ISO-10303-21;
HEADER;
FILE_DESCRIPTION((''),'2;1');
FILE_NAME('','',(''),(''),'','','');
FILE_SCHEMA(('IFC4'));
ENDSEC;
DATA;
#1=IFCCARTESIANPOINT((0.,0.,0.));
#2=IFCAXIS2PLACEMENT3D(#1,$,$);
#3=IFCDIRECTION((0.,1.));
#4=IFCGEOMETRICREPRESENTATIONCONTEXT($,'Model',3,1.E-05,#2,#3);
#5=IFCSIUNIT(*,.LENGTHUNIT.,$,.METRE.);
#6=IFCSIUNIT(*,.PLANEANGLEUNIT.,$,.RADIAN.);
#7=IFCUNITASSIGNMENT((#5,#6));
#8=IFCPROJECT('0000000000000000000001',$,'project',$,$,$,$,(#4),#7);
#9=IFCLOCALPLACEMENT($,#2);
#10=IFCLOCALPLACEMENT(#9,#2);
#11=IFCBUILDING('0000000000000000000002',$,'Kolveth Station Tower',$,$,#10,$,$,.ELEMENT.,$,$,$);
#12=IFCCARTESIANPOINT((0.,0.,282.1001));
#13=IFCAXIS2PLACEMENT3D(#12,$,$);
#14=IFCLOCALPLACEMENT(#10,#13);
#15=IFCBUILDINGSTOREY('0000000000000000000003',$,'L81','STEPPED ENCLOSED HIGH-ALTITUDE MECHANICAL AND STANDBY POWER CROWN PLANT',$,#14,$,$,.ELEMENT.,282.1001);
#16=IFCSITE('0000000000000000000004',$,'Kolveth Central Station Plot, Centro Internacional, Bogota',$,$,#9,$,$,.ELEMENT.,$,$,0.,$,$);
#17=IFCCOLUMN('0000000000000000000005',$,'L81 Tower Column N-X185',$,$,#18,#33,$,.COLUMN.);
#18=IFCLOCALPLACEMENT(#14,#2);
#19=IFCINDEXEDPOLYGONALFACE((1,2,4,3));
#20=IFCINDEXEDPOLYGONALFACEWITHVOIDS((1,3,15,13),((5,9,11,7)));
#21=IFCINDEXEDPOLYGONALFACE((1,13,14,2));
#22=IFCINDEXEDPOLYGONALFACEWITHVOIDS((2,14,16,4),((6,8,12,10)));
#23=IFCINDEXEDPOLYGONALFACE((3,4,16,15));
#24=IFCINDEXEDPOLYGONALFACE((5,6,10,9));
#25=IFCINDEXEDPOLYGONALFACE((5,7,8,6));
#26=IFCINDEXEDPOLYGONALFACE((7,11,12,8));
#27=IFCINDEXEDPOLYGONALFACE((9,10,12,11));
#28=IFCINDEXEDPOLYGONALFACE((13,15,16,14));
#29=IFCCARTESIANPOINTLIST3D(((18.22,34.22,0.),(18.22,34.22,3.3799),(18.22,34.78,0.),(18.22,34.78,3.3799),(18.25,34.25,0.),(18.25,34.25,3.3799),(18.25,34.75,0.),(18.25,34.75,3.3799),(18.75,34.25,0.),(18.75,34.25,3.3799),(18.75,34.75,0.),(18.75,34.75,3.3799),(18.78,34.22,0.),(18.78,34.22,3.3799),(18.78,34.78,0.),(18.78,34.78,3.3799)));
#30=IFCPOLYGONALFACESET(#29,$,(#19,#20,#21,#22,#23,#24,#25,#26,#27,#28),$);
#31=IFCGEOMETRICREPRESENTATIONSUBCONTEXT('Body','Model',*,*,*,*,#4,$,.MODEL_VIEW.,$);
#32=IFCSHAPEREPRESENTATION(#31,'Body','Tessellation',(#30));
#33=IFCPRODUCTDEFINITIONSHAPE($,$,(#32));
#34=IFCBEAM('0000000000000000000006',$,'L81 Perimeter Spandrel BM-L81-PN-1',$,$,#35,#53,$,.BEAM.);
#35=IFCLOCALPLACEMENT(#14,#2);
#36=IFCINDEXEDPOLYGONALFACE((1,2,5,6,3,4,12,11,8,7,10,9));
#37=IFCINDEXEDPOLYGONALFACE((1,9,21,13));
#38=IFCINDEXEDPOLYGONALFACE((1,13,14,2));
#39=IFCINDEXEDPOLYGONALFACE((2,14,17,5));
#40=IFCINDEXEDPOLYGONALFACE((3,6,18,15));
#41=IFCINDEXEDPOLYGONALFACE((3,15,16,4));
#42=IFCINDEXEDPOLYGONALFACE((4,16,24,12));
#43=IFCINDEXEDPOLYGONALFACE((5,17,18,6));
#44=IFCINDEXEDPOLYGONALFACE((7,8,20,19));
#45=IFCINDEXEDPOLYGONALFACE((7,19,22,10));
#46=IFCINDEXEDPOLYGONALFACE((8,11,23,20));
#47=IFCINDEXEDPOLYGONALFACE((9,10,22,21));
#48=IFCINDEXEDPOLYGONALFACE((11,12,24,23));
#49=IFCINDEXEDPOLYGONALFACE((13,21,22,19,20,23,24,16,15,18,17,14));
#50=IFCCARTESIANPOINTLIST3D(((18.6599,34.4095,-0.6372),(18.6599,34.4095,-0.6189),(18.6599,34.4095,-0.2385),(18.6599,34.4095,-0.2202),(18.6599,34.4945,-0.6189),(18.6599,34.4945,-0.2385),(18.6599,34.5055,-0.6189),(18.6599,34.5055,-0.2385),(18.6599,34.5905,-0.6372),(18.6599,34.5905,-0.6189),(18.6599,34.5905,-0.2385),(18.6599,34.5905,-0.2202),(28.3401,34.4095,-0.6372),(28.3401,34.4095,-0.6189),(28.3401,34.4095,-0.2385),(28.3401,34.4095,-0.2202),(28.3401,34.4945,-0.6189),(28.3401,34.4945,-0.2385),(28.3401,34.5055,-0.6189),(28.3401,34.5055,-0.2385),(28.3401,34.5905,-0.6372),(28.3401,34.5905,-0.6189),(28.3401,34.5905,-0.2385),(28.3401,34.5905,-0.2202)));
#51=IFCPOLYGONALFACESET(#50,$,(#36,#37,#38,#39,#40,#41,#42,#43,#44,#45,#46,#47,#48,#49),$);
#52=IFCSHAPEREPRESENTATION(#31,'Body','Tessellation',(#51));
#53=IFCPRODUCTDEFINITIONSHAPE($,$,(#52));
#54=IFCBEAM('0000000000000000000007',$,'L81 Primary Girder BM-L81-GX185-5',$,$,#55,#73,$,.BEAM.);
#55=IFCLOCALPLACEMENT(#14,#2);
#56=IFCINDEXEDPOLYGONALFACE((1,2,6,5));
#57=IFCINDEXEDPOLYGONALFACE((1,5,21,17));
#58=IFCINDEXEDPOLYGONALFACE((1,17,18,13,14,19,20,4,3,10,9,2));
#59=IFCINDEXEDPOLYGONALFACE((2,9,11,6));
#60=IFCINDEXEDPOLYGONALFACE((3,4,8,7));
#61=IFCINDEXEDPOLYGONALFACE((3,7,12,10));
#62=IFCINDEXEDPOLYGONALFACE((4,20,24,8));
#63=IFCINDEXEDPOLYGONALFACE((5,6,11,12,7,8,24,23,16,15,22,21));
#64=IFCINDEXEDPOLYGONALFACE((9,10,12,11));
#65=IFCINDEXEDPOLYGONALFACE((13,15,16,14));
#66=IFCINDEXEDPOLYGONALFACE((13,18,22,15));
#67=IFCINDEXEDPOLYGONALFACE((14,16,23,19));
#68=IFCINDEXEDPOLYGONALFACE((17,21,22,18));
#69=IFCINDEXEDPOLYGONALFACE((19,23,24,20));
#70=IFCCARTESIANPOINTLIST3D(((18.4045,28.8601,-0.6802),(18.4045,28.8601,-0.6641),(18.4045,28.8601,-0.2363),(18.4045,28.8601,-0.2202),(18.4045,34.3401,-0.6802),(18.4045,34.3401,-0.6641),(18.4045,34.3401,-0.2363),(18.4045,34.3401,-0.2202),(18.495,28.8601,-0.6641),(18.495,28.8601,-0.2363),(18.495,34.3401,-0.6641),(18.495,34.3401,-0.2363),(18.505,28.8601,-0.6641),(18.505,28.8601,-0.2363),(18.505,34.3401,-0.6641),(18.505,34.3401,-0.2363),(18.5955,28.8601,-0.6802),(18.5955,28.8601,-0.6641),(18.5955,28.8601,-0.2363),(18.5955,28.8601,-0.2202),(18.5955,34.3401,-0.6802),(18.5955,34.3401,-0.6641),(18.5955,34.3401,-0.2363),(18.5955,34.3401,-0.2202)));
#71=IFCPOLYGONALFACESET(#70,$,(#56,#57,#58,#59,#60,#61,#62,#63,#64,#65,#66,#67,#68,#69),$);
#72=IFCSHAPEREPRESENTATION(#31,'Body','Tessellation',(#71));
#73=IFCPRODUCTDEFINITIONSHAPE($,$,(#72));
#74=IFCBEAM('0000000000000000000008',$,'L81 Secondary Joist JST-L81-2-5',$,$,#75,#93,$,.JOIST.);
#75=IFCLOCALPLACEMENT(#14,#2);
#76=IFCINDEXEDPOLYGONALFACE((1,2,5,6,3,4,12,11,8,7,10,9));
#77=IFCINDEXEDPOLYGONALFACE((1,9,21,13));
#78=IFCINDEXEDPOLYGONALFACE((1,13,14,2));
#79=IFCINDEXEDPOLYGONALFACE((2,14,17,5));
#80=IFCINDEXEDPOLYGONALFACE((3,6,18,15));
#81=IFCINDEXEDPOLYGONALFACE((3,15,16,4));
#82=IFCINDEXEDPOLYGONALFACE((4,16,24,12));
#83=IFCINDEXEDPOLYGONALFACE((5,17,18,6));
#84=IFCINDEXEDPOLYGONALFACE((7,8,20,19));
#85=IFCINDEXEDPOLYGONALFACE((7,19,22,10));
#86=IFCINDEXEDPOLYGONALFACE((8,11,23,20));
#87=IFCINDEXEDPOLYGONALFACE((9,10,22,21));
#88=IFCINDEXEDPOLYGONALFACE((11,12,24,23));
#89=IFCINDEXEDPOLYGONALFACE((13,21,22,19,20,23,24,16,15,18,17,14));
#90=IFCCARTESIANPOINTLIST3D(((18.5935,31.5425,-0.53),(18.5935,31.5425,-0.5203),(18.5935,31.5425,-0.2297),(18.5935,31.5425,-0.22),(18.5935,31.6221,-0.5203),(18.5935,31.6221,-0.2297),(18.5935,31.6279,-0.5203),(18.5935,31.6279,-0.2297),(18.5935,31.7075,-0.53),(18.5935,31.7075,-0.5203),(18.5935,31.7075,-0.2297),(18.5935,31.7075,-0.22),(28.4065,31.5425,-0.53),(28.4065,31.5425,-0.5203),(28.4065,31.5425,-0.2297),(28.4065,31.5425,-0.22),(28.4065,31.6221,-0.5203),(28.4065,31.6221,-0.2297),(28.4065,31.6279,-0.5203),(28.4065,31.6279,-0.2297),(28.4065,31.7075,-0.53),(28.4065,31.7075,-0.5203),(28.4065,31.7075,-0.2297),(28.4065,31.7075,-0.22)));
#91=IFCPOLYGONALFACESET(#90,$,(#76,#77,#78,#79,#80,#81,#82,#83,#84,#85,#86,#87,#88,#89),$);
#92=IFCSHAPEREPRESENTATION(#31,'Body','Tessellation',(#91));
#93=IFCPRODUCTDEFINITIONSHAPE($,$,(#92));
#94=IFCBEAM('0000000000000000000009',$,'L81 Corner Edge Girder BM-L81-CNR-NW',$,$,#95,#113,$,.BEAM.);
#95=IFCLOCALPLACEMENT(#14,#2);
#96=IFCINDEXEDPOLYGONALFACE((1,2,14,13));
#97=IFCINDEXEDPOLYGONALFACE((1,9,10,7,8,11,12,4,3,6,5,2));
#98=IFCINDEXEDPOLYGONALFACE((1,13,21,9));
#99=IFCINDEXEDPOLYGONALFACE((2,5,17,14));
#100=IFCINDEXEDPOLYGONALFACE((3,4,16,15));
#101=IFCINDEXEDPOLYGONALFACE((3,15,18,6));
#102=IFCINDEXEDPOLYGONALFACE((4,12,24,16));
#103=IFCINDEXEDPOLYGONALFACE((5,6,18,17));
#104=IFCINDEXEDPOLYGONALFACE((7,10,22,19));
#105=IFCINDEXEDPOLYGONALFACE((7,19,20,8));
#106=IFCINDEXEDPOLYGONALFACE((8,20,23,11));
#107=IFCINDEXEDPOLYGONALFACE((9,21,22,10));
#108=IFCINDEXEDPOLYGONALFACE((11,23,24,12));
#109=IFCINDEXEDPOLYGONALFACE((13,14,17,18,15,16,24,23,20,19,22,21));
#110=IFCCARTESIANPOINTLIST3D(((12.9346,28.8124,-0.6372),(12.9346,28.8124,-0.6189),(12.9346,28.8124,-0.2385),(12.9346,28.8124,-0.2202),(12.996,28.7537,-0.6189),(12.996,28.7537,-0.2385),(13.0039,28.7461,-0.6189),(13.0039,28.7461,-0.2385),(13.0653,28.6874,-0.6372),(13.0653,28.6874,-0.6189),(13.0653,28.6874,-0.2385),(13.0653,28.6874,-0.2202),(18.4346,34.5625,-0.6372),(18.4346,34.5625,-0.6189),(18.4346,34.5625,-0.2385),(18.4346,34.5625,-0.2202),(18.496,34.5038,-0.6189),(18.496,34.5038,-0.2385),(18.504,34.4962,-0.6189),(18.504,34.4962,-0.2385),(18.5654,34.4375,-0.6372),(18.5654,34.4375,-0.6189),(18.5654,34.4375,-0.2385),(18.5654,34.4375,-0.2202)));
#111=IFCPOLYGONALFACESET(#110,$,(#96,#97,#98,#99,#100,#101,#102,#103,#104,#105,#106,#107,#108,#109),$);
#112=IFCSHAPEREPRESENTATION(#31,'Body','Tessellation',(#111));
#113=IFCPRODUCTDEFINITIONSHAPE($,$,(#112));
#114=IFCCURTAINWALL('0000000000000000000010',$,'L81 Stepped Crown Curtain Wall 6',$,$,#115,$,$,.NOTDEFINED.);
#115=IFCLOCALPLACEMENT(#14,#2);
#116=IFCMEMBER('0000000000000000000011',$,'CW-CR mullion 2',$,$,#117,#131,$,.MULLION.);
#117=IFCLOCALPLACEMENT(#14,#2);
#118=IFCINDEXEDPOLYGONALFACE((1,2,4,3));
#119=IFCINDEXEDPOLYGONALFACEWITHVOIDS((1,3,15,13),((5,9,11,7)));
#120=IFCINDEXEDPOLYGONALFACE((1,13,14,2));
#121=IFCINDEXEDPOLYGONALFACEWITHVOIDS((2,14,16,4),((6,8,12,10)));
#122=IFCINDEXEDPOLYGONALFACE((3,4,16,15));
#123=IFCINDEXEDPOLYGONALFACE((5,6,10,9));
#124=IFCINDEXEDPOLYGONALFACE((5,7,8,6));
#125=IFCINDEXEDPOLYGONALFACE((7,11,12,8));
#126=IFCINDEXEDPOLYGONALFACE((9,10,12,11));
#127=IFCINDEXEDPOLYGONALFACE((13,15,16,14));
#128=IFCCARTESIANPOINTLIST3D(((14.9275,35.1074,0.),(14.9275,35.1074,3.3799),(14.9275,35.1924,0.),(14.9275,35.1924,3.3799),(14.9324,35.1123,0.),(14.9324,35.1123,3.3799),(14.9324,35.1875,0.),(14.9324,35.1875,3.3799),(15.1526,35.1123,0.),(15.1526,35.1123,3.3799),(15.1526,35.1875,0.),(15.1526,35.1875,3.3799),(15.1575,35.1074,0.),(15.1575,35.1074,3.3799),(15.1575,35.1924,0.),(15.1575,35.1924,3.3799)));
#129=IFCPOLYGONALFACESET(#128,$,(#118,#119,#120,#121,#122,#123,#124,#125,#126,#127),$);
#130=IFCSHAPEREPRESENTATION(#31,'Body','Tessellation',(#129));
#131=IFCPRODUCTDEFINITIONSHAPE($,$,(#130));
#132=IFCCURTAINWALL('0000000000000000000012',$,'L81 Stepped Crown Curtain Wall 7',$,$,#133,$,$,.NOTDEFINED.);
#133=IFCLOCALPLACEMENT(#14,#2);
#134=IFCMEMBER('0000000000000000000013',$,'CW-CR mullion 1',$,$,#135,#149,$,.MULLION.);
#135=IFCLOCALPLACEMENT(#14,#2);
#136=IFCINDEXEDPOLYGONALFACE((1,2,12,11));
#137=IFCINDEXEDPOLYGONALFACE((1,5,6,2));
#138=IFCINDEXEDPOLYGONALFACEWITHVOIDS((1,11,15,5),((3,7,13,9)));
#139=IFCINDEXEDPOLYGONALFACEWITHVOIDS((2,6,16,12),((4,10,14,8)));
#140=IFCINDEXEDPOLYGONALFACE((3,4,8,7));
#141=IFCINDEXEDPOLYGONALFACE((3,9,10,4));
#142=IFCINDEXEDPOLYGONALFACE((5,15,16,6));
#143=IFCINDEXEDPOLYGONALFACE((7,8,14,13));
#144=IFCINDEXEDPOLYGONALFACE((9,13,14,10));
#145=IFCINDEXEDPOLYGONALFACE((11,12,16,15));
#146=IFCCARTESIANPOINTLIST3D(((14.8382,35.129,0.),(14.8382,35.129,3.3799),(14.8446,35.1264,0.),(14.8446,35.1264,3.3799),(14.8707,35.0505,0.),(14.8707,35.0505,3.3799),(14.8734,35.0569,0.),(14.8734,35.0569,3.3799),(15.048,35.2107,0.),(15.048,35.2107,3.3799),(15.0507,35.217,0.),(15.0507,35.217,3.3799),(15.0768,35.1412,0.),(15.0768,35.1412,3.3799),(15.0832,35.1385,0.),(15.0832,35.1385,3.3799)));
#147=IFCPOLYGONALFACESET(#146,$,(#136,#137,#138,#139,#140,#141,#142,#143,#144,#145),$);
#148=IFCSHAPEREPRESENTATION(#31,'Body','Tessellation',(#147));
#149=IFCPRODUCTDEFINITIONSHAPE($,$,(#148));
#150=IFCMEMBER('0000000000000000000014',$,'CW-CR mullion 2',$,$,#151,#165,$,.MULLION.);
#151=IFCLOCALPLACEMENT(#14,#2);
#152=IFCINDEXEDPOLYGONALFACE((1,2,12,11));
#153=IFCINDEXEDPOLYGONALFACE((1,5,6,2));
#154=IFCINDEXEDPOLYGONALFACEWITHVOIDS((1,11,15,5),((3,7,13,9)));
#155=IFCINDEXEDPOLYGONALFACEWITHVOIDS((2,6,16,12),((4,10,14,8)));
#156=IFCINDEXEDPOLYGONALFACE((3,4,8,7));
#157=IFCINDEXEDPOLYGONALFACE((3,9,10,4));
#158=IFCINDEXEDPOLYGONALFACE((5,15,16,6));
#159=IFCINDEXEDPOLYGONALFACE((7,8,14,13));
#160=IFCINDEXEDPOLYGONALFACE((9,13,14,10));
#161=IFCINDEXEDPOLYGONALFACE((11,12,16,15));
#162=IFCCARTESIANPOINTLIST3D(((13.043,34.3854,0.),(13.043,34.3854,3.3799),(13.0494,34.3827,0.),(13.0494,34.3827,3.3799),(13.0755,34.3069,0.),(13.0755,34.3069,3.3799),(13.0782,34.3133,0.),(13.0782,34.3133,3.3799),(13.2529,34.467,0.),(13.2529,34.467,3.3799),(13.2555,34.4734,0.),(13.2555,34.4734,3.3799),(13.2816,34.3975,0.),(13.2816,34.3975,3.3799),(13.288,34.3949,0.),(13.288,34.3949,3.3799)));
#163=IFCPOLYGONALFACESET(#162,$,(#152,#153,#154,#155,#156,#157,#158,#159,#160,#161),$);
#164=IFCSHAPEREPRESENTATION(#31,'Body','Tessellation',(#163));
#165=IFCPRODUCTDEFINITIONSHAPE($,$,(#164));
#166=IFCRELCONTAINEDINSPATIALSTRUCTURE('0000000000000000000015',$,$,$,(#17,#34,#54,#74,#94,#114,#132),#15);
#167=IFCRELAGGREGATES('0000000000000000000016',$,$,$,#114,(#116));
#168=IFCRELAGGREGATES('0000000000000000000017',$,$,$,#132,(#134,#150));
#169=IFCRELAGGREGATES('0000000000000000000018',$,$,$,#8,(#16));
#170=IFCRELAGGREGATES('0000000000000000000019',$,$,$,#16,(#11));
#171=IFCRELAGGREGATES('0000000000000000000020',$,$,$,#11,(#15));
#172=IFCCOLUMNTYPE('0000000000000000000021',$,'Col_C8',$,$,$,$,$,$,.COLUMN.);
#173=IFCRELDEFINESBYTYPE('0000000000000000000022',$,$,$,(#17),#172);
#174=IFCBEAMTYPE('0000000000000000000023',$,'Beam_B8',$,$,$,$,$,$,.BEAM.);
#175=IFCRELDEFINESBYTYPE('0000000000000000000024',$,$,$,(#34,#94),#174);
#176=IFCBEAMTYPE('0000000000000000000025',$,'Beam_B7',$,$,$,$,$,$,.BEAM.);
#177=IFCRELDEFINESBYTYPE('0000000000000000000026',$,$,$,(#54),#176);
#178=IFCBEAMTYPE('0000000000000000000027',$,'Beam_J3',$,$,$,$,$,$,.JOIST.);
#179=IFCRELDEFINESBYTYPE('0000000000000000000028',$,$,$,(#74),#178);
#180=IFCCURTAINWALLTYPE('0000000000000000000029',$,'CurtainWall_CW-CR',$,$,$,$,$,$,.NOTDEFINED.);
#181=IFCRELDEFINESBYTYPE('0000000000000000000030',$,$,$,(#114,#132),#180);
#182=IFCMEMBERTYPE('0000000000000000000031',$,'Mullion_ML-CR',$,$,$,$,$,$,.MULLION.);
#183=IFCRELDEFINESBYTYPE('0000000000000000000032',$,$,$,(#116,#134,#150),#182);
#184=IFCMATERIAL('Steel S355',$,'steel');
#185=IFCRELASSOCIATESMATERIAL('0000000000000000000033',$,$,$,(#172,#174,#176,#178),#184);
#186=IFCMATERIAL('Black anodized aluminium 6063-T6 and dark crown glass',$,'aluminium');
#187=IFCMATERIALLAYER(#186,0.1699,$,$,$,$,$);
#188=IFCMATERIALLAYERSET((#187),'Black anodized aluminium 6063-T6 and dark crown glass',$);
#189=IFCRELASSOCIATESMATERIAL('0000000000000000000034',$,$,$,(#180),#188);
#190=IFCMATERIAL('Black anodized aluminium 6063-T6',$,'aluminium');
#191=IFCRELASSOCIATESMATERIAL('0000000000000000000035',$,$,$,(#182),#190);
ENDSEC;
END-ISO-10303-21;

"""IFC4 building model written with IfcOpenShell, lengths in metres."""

from ifc_helpers import new_model, si_unit, direction, frame, origin, origin_2d, place, context, subcontext, project, spatial, hollow_rectangle, i_section, extrude, source, transform, mapped, material, layer, layer_set, material_profile, profile_set, type_object, element, aggregate, save


model = new_model("IFC4")

# Units and contexts
model_context = context("Model", 3, precision=1e-05, world=origin(), true_north=direction((0.0, 1.0)))
body_context = subcontext(model_context, "Body", "Model", "MODEL_VIEW")
ifc_project = project(units=[si_unit("LENGTHUNIT", "METRE"), si_unit("PLANEANGLEUNIT", "RADIAN")], contexts=[model_context])

# Site, building, storey
site_placement = place(None, origin())
site = spatial("IfcSite", under=ifc_project, at=site_placement, Name="Kolveth Central Station Plot, Centro Internacional, Bogota", CompositionType="ELEMENT", RefElevation=0.0)
building_placement = place(site_placement, origin())
building = spatial("IfcBuilding", under=site, at=building_placement, Name="Kolveth Station Tower", CompositionType="ELEMENT")
storey_placement = place(building_placement, frame((0.0, 0.0, 282.1001)))
storey = spatial("IfcBuildingStorey", under=building, at=storey_placement, Name="L81", Description="STEPPED ENCLOSED HIGH-ALTITUDE MECHANICAL AND STANDBY POWER CROWN PLANT", CompositionType="ELEMENT", Elevation=282.1001)

# Column
ifc_material_1 = material(Name="Steel S355", Category="steel")
ifc_material_profile_1 = material_profile(ifc_material_1, hollow_rectangle(XDim=0.5601, YDim=0.5601, WallThickness=0.03, at=origin_2d()), Name="BOX560x560x30")
ifc_profile_set_1 = profile_set([ifc_material_profile_1], Name="Steel S355")
column_type = type_object("IfcColumnType", Name="Col_C8", PredefinedType="COLUMN", material=ifc_profile_set_1)
shared_shape_1 = source(origin(), body_context, "Body", "SweptSolid", [
    extrude(hollow_rectangle(XDim=0.5601, YDim=0.5601, WallThickness=0.03, at=origin_2d()), origin(), (0.0, 0.0, 1.0), 3.3799),
])
column_placement = place(storey_placement, frame((18.5, 34.5, 0.0), z_axis=(0.0, 0.0, 1.0), x_axis=(1.0, 0.0, 0.0)))
element("IfcColumn", 1, at=column_placement, inside=storey, type_object=column_type, Name="L81 Tower Column N-X185", PredefinedType="COLUMN", context=body_context, shape_type="MappedRepresentation", body=[
    mapped(shared_shape_1, transform((0.0, 0.0, 0.0), x_axis=(1.0, 0.0, 0.0), y_axis=(0.0, 1.0, 0.0), z_axis=(0.0, 0.0, 1.0), scale=1.0)),
])

# Beams
ifc_material_profile_2 = material_profile(ifc_material_1, i_section(OverallWidth=0.1809, OverallDepth=0.417, WebThickness=0.011, FlangeThickness=0.0183, at=origin_2d()), Name="W410x85")
ifc_profile_set_2 = profile_set([ifc_material_profile_2], Name="Steel S355")
beam_type_1 = type_object("IfcBeamType", Name="Beam_B8", PredefinedType="BEAM", material=ifc_profile_set_2)
shared_shape_2 = source(origin(), body_context, "Body", "SweptSolid", [
    extrude(i_section(OverallWidth=0.1809, OverallDepth=0.417, WebThickness=0.011, FlangeThickness=0.0183, at=origin_2d()), origin(), (0.0, 0.0, 1.0), 9.6802),
])
beam_1_placement = place(storey_placement, frame((18.6599, 34.5, -0.4287), z_axis=(1.0, 0.0, 0.0), x_axis=(0.0, 1.0, 0.0)))
element("IfcBeam", 2, at=beam_1_placement, inside=storey, type_object=beam_type_1, Name="L81 Perimeter Spandrel BM-L81-PN-1", PredefinedType="BEAM", context=body_context, shape_type="MappedRepresentation", body=[
    mapped(shared_shape_2, transform((0.0, 0.0, 0.0), x_axis=(1.0, 0.0, 0.0), y_axis=(0.0, 1.0, 0.0), z_axis=(0.0, 0.0, 1.0), scale=1.0)),
])
ifc_material_profile_3 = material_profile(ifc_material_1, i_section(OverallWidth=0.1909, OverallDepth=0.46, WebThickness=0.01, FlangeThickness=0.0161, at=origin_2d()), Name="W460x82")
ifc_profile_set_3 = profile_set([ifc_material_profile_3], Name="Steel S355")
beam_type_2 = type_object("IfcBeamType", Name="Beam_B7", PredefinedType="BEAM", material=ifc_profile_set_3)
shared_shape_3 = source(origin(), body_context, "Body", "SweptSolid", [
    extrude(i_section(OverallWidth=0.1909, OverallDepth=0.46, WebThickness=0.01, FlangeThickness=0.0161, at=origin_2d()), origin(), (0.0, 0.0, 1.0), 5.48),
])
beam_2_placement = place(storey_placement, frame((18.5, 28.8601, -0.4502), z_axis=(0.0, 1.0, 0.0), x_axis=(-1.0, 0.0, 0.0)))
element("IfcBeam", 3, at=beam_2_placement, inside=storey, type_object=beam_type_2, Name="L81 Primary Girder BM-L81-GX185-5", PredefinedType="BEAM", context=body_context, shape_type="MappedRepresentation", body=[
    mapped(shared_shape_3, transform((0.0, 0.0, 0.0), x_axis=(1.0, 0.0, 0.0), y_axis=(0.0, 1.0, 0.0), z_axis=(0.0, 0.0, 1.0), scale=1.0)),
])
ifc_material_profile_4 = material_profile(ifc_material_1, i_section(OverallWidth=0.165, OverallDepth=0.3101, WebThickness=0.0059, FlangeThickness=0.0098, at=origin_2d()), Name="W310x39")
ifc_profile_set_4 = profile_set([ifc_material_profile_4], Name="Steel S355")
beam_type_3 = type_object("IfcBeamType", Name="Beam_J3", PredefinedType="JOIST", material=ifc_profile_set_4)
shared_shape_4 = source(origin(), body_context, "Body", "SweptSolid", [
    extrude(i_section(OverallWidth=0.165, OverallDepth=0.3101, WebThickness=0.0059, FlangeThickness=0.0098, at=origin_2d()), origin(), (0.0, 0.0, 1.0), 9.813),
])
beam_3_placement = place(storey_placement, frame((18.5935, 31.625, -0.375), z_axis=(1.0, 0.0, 0.0), x_axis=(0.0, 1.0, 0.0)))
element("IfcBeam", 4, at=beam_3_placement, inside=storey, type_object=beam_type_3, Name="L81 Secondary Joist JST-L81-2-5", PredefinedType="JOIST", context=body_context, shape_type="MappedRepresentation", body=[
    mapped(shared_shape_4, transform((0.0, 0.0, 0.0), x_axis=(1.0, 0.0, 0.0), y_axis=(0.0, 1.0, 0.0), z_axis=(0.0, 0.0, 1.0), scale=1.0)),
])
shared_shape_5 = source(origin(), body_context, "Body", "SweptSolid", [
    extrude(i_section(OverallWidth=0.1809, OverallDepth=0.417, WebThickness=0.011, FlangeThickness=0.0183, at=origin_2d()), origin(), (0.0, 0.0, 1.0), 7.957),
])
beam_4_placement = place(storey_placement, frame((18.5, 34.5, -0.4287), z_axis=(-0.691223, -0.722642, 0.0), x_axis=(0.722642, -0.691223, 0.0)))
element("IfcBeam", 5, at=beam_4_placement, inside=storey, type_object=beam_type_1, Name="L81 Corner Edge Girder BM-L81-CNR-NW", PredefinedType="BEAM", context=body_context, shape_type="MappedRepresentation", body=[
    mapped(shared_shape_5, transform((0.0, 0.0, 0.0), x_axis=(1.0, 0.0, 0.0), y_axis=(0.0, 1.0, 0.0), z_axis=(0.0, 0.0, 1.0), scale=1.0)),
])

# Curtain wall, member
ifc_material_2 = material(Name="Black anodized aluminium 6063-T6 and dark crown glass", Category="aluminium")
ifc_layer_1 = layer(ifc_material_2, 0.1699)
ifc_layer_set_1 = layer_set([ifc_layer_1], Name="Black anodized aluminium 6063-T6 and dark crown glass")
curtain_wall_type = type_object("IfcCurtainWallType", Name="CurtainWall_CW-CR", PredefinedType="NOTDEFINED", material=ifc_layer_set_1)
curtain_wall_1_placement = place(storey_placement, origin())
curtain_wall_1 = element("IfcCurtainWall", 6, at=curtain_wall_1_placement, inside=storey, type_object=curtain_wall_type, Name="L81 Stepped Crown Curtain Wall 6", PredefinedType="NOTDEFINED")
ifc_material_3 = material(Name="Black anodized aluminium 6063-T6", Category="aluminium")
ifc_material_profile_5 = material_profile(ifc_material_3, hollow_rectangle(XDim=0.085, YDim=0.23, WallThickness=0.0049, at=origin_2d()), Name="ALU-85x230x5")
ifc_profile_set_5 = profile_set([ifc_material_profile_5], Name="Black anodized aluminium 6063-T6")
member_type_1 = type_object("IfcMemberType", Name="Mullion_ML-CR", PredefinedType="MULLION", material=ifc_profile_set_5)
shared_shape_6 = source(origin(), body_context, "Body", "SweptSolid", [
    extrude(hollow_rectangle(XDim=0.085, YDim=0.23, WallThickness=0.0049, at=origin_2d()), origin(), (0.0, 0.0, 1.0), 3.3799),
])
member_1_placement = place(storey_placement, frame((15.0425, 35.1499, 0.0), z_axis=(0.0, 0.0, 1.0), x_axis=(0.0, -1.0, 0.0)))
member_1 = element("IfcMember", 7, at=member_1_placement, type_object=member_type_1, Name="CW-CR mullion 2", PredefinedType="MULLION", context=body_context, shape_type="MappedRepresentation", body=[
    mapped(shared_shape_6, transform((0.0, 0.0, 0.0), x_axis=(1.0, 0.0, 0.0), y_axis=(0.0, 1.0, 0.0), z_axis=(0.0, 0.0, 1.0), scale=1.0)),
])
aggregate(curtain_wall_1, [member_1])

# Curtain wall, members
curtain_wall_2_placement = place(storey_placement, origin())
curtain_wall_2 = element("IfcCurtainWall", 8, at=curtain_wall_2_placement, inside=storey, type_object=curtain_wall_type, Name="L81 Stepped Crown Curtain Wall 7", PredefinedType="NOTDEFINED")
member_2_placement = place(storey_placement, frame((14.9607, 35.1338, 0.0), z_axis=(0.0, 0.0, 1.0), x_axis=(0.382703, -0.923871, 0.0)))
member_2 = element("IfcMember", 9, at=member_2_placement, type_object=member_type_1, Name="CW-CR mullion 1", PredefinedType="MULLION", context=body_context, shape_type="MappedRepresentation", body=[
    mapped(shared_shape_6, transform((0.0, 0.0, 0.0), x_axis=(1.0, 0.0, 0.0), y_axis=(0.0, 1.0, 0.0), z_axis=(0.0, 0.0, 1.0), scale=1.0)),
])
member_3_placement = place(storey_placement, frame((13.1655, 34.3901, 0.0), z_axis=(0.0, 0.0, 1.0), x_axis=(0.382703, -0.923871, 0.0)))
member_3 = element("IfcMember", 10, at=member_3_placement, type_object=member_type_1, Name="CW-CR mullion 2", PredefinedType="MULLION", context=body_context, shape_type="MappedRepresentation", body=[
    mapped(shared_shape_6, transform((0.0, 0.0, 0.0), x_axis=(1.0, 0.0, 0.0), y_axis=(0.0, 1.0, 0.0), z_axis=(0.0, 0.0, 1.0), scale=1.0)),
])

aggregate(curtain_wall_2, [member_2, member_3])

save(model, "model.ifc")
